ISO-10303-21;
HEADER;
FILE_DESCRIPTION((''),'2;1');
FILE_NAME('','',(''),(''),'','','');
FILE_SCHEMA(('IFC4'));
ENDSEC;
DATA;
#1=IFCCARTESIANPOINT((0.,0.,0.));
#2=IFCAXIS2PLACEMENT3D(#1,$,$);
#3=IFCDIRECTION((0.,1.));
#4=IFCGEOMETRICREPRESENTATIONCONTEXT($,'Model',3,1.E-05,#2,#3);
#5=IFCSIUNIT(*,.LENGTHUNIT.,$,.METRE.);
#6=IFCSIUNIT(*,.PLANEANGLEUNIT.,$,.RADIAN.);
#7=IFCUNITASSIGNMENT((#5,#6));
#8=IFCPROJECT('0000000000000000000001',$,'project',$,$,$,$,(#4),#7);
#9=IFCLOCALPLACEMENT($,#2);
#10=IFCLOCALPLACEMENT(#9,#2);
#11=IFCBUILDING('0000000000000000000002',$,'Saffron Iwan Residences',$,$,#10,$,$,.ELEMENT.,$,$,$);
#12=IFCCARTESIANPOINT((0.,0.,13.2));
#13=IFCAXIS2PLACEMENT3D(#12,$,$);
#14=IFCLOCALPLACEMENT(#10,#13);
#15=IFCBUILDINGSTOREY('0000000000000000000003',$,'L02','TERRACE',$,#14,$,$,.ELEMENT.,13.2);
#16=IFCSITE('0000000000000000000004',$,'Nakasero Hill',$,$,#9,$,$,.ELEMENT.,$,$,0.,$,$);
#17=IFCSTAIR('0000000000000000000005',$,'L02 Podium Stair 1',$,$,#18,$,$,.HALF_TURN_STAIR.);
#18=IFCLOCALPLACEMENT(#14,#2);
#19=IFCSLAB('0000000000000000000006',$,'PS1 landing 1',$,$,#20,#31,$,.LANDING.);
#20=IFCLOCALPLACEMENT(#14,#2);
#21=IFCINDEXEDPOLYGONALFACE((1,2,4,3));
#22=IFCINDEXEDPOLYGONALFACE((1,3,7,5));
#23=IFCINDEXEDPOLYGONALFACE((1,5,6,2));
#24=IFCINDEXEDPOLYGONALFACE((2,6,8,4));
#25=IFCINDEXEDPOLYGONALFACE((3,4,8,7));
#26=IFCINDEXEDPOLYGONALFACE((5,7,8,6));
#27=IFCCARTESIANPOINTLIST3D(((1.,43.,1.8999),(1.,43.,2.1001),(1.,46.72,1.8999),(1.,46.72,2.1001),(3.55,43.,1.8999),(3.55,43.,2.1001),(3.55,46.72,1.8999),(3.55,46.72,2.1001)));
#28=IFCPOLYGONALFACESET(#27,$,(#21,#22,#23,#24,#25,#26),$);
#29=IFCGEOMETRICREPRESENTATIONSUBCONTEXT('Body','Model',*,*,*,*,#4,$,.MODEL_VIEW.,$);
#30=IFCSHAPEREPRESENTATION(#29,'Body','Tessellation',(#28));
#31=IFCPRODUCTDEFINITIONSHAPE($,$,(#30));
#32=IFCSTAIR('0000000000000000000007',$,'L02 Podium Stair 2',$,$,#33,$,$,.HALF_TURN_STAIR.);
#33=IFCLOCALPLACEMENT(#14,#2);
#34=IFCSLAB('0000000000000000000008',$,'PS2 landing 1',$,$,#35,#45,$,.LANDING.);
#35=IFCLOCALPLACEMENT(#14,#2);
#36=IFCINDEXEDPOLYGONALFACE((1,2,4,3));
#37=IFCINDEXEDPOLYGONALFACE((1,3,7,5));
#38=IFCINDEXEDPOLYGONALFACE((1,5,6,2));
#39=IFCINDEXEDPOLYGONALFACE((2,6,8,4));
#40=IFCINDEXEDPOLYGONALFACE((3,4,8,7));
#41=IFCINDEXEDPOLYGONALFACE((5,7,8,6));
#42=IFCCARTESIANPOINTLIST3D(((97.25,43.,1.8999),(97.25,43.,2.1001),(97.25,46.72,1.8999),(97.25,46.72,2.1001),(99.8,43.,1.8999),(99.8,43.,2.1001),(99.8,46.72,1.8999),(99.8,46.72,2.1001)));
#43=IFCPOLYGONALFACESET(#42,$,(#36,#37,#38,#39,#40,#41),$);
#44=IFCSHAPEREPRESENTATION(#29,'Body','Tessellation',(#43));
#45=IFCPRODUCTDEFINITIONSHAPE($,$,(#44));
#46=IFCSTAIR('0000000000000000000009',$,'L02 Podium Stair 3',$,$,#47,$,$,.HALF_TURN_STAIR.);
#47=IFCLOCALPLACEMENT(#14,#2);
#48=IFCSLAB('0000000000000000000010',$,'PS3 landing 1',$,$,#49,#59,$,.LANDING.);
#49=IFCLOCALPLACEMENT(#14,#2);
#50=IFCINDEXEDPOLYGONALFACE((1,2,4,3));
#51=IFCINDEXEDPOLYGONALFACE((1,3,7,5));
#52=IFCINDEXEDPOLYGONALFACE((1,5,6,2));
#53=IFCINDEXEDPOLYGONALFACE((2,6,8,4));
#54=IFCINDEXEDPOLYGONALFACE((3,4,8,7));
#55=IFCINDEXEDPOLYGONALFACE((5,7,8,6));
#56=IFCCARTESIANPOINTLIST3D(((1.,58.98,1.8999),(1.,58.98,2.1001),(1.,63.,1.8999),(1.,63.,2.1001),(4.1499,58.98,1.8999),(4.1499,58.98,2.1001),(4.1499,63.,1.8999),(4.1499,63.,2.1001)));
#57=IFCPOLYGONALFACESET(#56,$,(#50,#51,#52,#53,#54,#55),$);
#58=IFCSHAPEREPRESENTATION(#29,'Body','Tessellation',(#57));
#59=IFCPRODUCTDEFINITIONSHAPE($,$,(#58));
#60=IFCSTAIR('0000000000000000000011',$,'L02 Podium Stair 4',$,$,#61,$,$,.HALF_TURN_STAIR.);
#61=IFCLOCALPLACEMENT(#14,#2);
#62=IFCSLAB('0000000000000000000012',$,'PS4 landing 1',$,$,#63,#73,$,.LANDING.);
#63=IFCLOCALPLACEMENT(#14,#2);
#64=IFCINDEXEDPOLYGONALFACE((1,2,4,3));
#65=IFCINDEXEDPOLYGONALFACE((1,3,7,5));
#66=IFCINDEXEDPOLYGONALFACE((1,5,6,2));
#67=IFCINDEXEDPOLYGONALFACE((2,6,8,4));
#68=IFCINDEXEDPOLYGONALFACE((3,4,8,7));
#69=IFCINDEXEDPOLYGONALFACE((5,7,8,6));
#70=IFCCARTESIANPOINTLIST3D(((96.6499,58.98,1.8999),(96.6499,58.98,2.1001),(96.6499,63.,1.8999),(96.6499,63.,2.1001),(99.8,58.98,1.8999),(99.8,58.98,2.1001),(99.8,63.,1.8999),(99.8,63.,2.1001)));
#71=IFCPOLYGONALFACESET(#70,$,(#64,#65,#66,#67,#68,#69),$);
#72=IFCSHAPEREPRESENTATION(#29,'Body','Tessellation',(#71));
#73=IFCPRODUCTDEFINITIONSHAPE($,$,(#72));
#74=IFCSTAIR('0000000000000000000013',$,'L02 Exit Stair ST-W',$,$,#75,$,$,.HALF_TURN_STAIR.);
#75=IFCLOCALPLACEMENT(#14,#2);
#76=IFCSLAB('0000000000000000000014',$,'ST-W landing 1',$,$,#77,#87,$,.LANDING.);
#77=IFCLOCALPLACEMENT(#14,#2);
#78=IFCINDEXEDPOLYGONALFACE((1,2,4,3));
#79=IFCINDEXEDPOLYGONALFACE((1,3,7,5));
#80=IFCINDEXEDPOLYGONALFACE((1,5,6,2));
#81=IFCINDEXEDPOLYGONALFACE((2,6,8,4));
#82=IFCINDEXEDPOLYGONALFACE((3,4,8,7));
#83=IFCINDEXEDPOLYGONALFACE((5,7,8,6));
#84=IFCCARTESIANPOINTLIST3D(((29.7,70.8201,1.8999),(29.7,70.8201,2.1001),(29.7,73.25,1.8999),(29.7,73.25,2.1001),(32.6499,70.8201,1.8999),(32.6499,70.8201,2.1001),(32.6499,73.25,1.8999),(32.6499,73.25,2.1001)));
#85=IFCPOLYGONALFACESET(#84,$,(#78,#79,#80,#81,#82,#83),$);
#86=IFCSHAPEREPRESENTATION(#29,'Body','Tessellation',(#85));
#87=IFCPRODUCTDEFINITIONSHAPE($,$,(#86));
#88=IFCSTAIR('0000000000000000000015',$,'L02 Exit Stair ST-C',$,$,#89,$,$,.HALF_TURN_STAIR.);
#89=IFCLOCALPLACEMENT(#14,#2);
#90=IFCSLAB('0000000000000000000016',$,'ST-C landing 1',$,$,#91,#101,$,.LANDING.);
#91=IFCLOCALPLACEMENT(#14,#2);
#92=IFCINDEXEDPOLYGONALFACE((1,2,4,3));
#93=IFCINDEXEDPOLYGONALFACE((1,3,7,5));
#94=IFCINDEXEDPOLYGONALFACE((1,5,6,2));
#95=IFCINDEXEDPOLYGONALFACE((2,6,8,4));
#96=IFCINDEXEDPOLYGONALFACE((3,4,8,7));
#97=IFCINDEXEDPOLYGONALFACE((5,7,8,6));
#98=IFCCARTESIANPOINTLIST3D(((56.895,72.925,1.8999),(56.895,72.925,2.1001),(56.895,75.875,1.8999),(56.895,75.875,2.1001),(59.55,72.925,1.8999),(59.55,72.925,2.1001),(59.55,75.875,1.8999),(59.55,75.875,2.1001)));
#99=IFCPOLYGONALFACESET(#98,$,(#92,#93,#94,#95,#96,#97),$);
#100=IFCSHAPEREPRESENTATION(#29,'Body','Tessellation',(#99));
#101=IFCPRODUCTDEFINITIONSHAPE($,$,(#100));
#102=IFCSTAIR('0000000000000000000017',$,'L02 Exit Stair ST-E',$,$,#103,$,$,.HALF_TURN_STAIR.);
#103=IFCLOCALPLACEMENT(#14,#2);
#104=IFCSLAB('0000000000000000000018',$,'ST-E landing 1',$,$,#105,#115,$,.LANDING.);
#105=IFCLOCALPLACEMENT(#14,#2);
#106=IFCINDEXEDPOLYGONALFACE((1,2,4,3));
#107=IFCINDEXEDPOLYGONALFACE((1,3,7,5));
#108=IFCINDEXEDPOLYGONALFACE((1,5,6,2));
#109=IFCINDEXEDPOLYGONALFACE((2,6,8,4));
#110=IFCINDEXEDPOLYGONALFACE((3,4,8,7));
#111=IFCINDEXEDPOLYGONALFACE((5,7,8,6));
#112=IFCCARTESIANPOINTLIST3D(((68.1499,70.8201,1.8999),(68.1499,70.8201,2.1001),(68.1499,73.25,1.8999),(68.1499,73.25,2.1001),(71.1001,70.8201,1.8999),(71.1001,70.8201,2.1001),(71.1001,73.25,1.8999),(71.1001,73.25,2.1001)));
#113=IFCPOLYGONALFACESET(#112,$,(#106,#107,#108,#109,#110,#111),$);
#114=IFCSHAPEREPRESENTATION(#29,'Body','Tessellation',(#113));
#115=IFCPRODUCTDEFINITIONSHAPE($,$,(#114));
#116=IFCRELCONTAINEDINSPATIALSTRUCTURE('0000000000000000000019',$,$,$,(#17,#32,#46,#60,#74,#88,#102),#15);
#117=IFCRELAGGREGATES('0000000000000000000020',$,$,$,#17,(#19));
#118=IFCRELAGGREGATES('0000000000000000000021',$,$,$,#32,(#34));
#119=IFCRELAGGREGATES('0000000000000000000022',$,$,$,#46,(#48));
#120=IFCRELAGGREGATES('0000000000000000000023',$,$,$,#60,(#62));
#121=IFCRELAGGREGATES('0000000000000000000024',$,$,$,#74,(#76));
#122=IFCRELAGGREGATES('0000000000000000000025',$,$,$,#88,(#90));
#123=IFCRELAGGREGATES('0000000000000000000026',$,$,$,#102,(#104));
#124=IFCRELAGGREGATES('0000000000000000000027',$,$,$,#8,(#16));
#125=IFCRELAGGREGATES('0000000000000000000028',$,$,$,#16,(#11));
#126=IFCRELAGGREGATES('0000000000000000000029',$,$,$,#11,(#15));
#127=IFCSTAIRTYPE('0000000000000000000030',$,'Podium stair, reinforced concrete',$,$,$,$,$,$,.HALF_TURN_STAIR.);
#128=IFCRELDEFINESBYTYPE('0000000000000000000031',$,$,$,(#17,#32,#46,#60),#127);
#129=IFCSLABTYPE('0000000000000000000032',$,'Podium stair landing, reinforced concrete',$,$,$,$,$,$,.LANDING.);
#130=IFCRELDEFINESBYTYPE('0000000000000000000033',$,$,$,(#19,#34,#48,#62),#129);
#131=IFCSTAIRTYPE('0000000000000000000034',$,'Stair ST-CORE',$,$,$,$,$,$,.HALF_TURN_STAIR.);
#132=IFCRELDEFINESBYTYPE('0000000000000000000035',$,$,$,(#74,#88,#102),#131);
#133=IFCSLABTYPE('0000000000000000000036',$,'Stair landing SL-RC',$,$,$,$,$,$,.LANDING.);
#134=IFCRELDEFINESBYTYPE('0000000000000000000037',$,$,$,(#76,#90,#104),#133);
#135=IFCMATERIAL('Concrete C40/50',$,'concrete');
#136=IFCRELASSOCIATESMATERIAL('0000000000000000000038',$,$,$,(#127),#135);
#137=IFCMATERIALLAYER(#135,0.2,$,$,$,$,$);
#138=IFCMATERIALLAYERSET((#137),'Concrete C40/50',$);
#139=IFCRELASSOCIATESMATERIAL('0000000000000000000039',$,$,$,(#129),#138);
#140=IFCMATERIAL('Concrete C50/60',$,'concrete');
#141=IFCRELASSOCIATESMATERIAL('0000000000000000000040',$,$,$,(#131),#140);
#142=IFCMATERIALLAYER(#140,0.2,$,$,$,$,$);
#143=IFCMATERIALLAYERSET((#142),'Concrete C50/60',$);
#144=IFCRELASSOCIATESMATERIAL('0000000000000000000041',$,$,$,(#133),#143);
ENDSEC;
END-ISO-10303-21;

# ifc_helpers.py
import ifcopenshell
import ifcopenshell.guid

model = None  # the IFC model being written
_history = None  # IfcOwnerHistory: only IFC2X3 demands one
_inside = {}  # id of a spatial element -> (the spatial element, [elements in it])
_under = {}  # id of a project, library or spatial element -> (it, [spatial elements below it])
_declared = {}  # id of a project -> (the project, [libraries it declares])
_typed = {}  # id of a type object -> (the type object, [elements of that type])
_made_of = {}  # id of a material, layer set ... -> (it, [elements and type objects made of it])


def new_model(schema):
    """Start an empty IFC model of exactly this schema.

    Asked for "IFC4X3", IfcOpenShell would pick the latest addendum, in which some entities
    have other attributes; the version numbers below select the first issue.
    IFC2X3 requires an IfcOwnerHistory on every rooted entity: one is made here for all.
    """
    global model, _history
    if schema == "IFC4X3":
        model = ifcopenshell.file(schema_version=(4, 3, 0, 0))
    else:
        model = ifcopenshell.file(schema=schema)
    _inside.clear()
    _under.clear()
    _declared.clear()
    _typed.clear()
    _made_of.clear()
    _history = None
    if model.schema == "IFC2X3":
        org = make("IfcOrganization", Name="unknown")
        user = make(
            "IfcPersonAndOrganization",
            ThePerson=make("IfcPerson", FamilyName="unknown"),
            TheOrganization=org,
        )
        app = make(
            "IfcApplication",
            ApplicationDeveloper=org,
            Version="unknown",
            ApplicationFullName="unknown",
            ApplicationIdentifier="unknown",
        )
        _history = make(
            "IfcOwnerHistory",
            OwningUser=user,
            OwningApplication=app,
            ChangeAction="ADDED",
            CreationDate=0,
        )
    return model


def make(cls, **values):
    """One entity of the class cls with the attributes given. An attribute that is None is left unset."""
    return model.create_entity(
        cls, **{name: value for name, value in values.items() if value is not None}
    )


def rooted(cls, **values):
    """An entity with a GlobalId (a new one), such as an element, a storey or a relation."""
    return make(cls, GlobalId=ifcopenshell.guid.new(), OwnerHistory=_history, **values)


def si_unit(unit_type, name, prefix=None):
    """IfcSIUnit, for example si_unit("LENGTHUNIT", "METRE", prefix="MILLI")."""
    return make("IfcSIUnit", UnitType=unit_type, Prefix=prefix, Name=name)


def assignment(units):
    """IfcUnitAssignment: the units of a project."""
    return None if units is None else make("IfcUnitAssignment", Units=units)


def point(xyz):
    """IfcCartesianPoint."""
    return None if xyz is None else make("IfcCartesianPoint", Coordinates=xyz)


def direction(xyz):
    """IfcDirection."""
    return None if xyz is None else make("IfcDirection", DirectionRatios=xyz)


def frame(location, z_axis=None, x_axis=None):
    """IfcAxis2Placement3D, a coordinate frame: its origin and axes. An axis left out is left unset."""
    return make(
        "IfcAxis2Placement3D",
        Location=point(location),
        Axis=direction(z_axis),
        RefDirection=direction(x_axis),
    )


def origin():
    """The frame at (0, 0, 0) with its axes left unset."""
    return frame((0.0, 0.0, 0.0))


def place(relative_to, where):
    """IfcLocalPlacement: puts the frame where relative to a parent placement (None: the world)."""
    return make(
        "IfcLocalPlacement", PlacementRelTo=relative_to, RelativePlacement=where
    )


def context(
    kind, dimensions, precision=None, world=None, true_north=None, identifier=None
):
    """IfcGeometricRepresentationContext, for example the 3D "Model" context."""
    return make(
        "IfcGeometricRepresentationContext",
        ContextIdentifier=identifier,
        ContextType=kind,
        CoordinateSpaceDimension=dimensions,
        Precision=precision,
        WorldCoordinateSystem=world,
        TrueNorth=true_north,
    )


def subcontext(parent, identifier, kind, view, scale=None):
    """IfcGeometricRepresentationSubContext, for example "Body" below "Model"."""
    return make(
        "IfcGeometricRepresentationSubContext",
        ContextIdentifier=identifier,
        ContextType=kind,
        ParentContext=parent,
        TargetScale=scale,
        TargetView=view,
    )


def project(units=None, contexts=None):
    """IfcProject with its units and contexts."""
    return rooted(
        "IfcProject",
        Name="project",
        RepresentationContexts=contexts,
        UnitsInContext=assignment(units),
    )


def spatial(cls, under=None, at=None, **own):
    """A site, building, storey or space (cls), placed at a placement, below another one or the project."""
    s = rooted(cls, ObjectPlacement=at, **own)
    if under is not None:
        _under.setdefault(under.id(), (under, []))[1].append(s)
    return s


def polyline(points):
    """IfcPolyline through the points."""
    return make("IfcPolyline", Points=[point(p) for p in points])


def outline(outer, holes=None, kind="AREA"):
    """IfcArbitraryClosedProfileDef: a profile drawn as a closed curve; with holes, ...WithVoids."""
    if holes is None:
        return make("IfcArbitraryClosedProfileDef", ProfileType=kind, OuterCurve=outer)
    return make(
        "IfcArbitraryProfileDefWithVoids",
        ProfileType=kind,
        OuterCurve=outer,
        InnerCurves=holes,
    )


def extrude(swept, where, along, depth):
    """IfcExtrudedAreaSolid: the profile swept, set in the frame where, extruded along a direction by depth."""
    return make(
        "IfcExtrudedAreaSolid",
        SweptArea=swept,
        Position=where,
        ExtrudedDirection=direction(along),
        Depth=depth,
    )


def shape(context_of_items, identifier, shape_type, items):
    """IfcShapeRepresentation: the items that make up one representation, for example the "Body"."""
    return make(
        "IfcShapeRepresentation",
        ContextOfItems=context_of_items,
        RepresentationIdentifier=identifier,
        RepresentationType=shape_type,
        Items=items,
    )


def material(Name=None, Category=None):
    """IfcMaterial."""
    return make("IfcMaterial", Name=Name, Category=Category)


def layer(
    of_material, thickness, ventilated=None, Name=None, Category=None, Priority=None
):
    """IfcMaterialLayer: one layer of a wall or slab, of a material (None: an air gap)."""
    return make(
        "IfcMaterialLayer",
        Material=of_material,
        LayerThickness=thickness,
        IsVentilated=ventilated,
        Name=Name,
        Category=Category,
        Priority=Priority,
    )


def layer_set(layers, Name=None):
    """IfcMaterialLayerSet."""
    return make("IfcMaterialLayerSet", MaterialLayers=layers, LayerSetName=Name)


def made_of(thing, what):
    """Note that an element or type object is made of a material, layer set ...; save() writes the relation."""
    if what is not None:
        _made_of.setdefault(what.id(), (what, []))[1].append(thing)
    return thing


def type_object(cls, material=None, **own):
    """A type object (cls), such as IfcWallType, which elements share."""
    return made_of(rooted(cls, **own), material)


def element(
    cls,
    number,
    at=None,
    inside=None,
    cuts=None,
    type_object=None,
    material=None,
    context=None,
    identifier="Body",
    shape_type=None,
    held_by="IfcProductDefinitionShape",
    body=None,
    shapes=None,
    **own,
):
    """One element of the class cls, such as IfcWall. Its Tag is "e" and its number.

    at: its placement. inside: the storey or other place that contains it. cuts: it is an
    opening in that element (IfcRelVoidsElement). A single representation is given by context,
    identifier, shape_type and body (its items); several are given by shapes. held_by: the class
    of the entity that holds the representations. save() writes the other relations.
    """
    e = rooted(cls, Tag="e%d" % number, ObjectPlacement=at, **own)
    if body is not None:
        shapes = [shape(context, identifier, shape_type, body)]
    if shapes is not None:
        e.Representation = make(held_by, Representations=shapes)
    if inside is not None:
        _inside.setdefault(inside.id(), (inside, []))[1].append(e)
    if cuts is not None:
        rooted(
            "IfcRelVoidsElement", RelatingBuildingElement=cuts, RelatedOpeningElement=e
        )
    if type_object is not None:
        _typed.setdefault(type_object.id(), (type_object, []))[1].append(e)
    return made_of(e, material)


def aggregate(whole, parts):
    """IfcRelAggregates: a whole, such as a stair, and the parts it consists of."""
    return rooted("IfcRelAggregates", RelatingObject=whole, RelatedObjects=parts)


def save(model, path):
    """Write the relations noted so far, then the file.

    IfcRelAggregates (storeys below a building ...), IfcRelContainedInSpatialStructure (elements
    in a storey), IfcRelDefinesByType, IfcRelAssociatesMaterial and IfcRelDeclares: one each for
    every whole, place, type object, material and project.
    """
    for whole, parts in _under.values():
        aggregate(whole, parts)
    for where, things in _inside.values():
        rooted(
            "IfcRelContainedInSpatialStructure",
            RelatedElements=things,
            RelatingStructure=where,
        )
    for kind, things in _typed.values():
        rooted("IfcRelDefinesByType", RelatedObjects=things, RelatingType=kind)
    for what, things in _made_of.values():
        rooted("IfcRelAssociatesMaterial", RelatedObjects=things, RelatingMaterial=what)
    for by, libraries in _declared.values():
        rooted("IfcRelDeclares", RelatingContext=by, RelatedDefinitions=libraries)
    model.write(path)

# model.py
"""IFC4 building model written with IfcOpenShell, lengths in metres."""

from ifc_helpers import new_model, si_unit, direction, frame, origin, place, context, subcontext, project, spatial, polyline, outline, extrude, material, layer, layer_set, type_object, element, aggregate, save


model = new_model("IFC4")

# Units and contexts
model_context = context("Model", 3, precision=1e-05, world=origin(), true_north=direction((0.0, 1.0)))
body_context = subcontext(model_context, "Body", "Model", "MODEL_VIEW")
ifc_project = project(units=[si_unit("LENGTHUNIT", "METRE"), si_unit("PLANEANGLEUNIT", "RADIAN")], contexts=[model_context])

# Site, building, storey
site_placement = place(None, origin())
site = spatial("IfcSite", under=ifc_project, at=site_placement, Name="Nakasero Hill", CompositionType="ELEMENT", RefElevation=0.0)
building_placement = place(site_placement, origin())
building = spatial("IfcBuilding", under=site, at=building_placement, Name="Saffron Iwan Residences", CompositionType="ELEMENT")
storey_placement = place(building_placement, frame((0.0, 0.0, 13.2)))
storey = spatial("IfcBuildingStorey", under=building, at=storey_placement, Name="L02", Description="TERRACE", CompositionType="ELEMENT", Elevation=13.2)

# Shared definitions
ifc_material_1 = material(Name="Concrete C50/60", Category="concrete")

# Shared definitions
ifc_material_2 = material(Name="Concrete C40/50", Category="concrete")

# Stairs, slabs
stair_type_1 = type_object("IfcStairType", Name="Podium stair, reinforced concrete", PredefinedType="HALF_TURN_STAIR", material=ifc_material_2)
stair_1_placement = place(storey_placement, origin())
stair_1 = element("IfcStair", 1, at=stair_1_placement, inside=storey, type_object=stair_type_1, Name="L02 Podium Stair 1", PredefinedType="HALF_TURN_STAIR")
ifc_layer_1 = layer(ifc_material_2, 0.2)
ifc_layer_set_1 = layer_set([ifc_layer_1], Name="Concrete C40/50")
slab_type_1 = type_object("IfcSlabType", Name="Podium stair landing, reinforced concrete", PredefinedType="LANDING", material=ifc_layer_set_1)
slab_1_placement = place(storey_placement, frame((0.0, 0.0, 1.8999)))
slab_1 = element("IfcSlab", 2, at=slab_1_placement, type_object=slab_type_1, Name="PS1 landing 1", PredefinedType="LANDING", context=body_context, shape_type="SweptSolid", body=[
    extrude(outline(polyline([(1.0, 46.72), (1.0, 43.0), (3.55, 43.0), (3.55, 46.72), (1.0, 46.72)])), origin(), (0.0, 0.0, 1.0), 0.2002),
])
aggregate(stair_1, [slab_1])
stair_2_placement = place(storey_placement, origin())
stair_2 = element("IfcStair", 3, at=stair_2_placement, inside=storey, type_object=stair_type_1, Name="L02 Podium Stair 2", PredefinedType="HALF_TURN_STAIR")
slab_2_placement = place(storey_placement, frame((0.0, 0.0, 1.8999)))
slab_2 = element("IfcSlab", 4, at=slab_2_placement, type_object=slab_type_1, Name="PS2 landing 1", PredefinedType="LANDING", context=body_context, shape_type="SweptSolid", body=[
    extrude(outline(polyline([(97.25, 46.72), (97.25, 43.0), (99.8, 43.0), (99.8, 46.72), (97.25, 46.72)])), origin(), (0.0, 0.0, 1.0), 0.2002),
])
aggregate(stair_2, [slab_2])
stair_3_placement = place(storey_placement, origin())
stair_3 = element("IfcStair", 5, at=stair_3_placement, inside=storey, type_object=stair_type_1, Name="L02 Podium Stair 3", PredefinedType="HALF_TURN_STAIR")
slab_3_placement = place(storey_placement, frame((0.0, 0.0, 1.8999)))
slab_3 = element("IfcSlab", 6, at=slab_3_placement, type_object=slab_type_1, Name="PS3 landing 1", PredefinedType="LANDING", context=body_context, shape_type="SweptSolid", body=[
    extrude(outline(polyline([(4.1499, 58.98), (4.1499, 63.0), (1.0, 63.0), (1.0, 58.98), (4.1499, 58.98)])), origin(), (0.0, 0.0, 1.0), 0.2002),
])
aggregate(stair_3, [slab_3])
stair_4_placement = place(storey_placement, origin())
stair_4 = element("IfcStair", 7, at=stair_4_placement, inside=storey, type_object=stair_type_1, Name="L02 Podium Stair 4", PredefinedType="HALF_TURN_STAIR")
slab_4_placement = place(storey_placement, frame((0.0, 0.0, 1.8999)))
slab_4 = element("IfcSlab", 8, at=slab_4_placement, type_object=slab_type_1, Name="PS4 landing 1", PredefinedType="LANDING", context=body_context, shape_type="SweptSolid", body=[
    extrude(outline(polyline([(99.8, 58.98), (99.8, 63.0), (96.6499, 63.0), (96.6499, 58.98), (99.8, 58.98)])), origin(), (0.0, 0.0, 1.0), 0.2002),
])
aggregate(stair_4, [slab_4])
stair_type_2 = type_object("IfcStairType", Name="Stair ST-CORE", PredefinedType="HALF_TURN_STAIR", material=ifc_material_1)
stair_5_placement = place(storey_placement, origin())
stair_5 = element("IfcStair", 9, at=stair_5_placement, inside=storey, type_object=stair_type_2, Name="L02 Exit Stair ST-W", PredefinedType="HALF_TURN_STAIR")
ifc_layer_2 = layer(ifc_material_1, 0.2)
ifc_layer_set_2 = layer_set([ifc_layer_2], Name="Concrete C50/60")
slab_type_2 = type_object("IfcSlabType", Name="Stair landing SL-RC", PredefinedType="LANDING", material=ifc_layer_set_2)
slab_5_placement = place(storey_placement, frame((0.0, 0.0, 1.8999)))
slab_5 = element("IfcSlab", 10, at=slab_5_placement, type_object=slab_type_2, Name="ST-W landing 1", PredefinedType="LANDING", context=body_context, shape_type="SweptSolid", body=[
    extrude(outline(polyline([(32.6499, 70.8201), (32.6499, 73.25), (29.7, 73.25), (29.7, 70.8201), (32.6499, 70.8201)])), origin(), (0.0, 0.0, 1.0), 0.2002),
])
aggregate(stair_5, [slab_5])
stair_6_placement = place(storey_placement, origin())
stair_6 = element("IfcStair", 11, at=stair_6_placement, inside=storey, type_object=stair_type_2, Name="L02 Exit Stair ST-C", PredefinedType="HALF_TURN_STAIR")
slab_6_placement = place(storey_placement, frame((0.0, 0.0, 1.8999)))
slab_6 = element("IfcSlab", 12, at=slab_6_placement, type_object=slab_type_2, Name="ST-C landing 1", PredefinedType="LANDING", context=body_context, shape_type="SweptSolid", body=[
    extrude(outline(polyline([(56.895, 72.925), (59.55, 72.925), (59.55, 75.875), (56.895, 75.875), (56.895, 72.925)])), origin(), (0.0, 0.0, 1.0), 0.2002),
])
aggregate(stair_6, [slab_6])
stair_7_placement = place(storey_placement, origin())
stair_7 = element("IfcStair", 13, at=stair_7_placement, inside=storey, type_object=stair_type_2, Name="L02 Exit Stair ST-E", PredefinedType="HALF_TURN_STAIR")
slab_7_placement = place(storey_placement, frame((0.0, 0.0, 1.8999)))
slab_7 = element("IfcSlab", 14, at=slab_7_placement, type_object=slab_type_2, Name="ST-E landing 1", PredefinedType="LANDING", context=body_context, shape_type="SweptSolid", body=[
    extrude(outline(polyline([(71.1001, 70.8201), (71.1001, 73.25), (68.1499, 73.25), (68.1499, 70.8201), (71.1001, 70.8201)])), origin(), (0.0, 0.0, 1.0), 0.2002),
])
aggregate(stair_7, [slab_7])

save(model, "model.ifc")
